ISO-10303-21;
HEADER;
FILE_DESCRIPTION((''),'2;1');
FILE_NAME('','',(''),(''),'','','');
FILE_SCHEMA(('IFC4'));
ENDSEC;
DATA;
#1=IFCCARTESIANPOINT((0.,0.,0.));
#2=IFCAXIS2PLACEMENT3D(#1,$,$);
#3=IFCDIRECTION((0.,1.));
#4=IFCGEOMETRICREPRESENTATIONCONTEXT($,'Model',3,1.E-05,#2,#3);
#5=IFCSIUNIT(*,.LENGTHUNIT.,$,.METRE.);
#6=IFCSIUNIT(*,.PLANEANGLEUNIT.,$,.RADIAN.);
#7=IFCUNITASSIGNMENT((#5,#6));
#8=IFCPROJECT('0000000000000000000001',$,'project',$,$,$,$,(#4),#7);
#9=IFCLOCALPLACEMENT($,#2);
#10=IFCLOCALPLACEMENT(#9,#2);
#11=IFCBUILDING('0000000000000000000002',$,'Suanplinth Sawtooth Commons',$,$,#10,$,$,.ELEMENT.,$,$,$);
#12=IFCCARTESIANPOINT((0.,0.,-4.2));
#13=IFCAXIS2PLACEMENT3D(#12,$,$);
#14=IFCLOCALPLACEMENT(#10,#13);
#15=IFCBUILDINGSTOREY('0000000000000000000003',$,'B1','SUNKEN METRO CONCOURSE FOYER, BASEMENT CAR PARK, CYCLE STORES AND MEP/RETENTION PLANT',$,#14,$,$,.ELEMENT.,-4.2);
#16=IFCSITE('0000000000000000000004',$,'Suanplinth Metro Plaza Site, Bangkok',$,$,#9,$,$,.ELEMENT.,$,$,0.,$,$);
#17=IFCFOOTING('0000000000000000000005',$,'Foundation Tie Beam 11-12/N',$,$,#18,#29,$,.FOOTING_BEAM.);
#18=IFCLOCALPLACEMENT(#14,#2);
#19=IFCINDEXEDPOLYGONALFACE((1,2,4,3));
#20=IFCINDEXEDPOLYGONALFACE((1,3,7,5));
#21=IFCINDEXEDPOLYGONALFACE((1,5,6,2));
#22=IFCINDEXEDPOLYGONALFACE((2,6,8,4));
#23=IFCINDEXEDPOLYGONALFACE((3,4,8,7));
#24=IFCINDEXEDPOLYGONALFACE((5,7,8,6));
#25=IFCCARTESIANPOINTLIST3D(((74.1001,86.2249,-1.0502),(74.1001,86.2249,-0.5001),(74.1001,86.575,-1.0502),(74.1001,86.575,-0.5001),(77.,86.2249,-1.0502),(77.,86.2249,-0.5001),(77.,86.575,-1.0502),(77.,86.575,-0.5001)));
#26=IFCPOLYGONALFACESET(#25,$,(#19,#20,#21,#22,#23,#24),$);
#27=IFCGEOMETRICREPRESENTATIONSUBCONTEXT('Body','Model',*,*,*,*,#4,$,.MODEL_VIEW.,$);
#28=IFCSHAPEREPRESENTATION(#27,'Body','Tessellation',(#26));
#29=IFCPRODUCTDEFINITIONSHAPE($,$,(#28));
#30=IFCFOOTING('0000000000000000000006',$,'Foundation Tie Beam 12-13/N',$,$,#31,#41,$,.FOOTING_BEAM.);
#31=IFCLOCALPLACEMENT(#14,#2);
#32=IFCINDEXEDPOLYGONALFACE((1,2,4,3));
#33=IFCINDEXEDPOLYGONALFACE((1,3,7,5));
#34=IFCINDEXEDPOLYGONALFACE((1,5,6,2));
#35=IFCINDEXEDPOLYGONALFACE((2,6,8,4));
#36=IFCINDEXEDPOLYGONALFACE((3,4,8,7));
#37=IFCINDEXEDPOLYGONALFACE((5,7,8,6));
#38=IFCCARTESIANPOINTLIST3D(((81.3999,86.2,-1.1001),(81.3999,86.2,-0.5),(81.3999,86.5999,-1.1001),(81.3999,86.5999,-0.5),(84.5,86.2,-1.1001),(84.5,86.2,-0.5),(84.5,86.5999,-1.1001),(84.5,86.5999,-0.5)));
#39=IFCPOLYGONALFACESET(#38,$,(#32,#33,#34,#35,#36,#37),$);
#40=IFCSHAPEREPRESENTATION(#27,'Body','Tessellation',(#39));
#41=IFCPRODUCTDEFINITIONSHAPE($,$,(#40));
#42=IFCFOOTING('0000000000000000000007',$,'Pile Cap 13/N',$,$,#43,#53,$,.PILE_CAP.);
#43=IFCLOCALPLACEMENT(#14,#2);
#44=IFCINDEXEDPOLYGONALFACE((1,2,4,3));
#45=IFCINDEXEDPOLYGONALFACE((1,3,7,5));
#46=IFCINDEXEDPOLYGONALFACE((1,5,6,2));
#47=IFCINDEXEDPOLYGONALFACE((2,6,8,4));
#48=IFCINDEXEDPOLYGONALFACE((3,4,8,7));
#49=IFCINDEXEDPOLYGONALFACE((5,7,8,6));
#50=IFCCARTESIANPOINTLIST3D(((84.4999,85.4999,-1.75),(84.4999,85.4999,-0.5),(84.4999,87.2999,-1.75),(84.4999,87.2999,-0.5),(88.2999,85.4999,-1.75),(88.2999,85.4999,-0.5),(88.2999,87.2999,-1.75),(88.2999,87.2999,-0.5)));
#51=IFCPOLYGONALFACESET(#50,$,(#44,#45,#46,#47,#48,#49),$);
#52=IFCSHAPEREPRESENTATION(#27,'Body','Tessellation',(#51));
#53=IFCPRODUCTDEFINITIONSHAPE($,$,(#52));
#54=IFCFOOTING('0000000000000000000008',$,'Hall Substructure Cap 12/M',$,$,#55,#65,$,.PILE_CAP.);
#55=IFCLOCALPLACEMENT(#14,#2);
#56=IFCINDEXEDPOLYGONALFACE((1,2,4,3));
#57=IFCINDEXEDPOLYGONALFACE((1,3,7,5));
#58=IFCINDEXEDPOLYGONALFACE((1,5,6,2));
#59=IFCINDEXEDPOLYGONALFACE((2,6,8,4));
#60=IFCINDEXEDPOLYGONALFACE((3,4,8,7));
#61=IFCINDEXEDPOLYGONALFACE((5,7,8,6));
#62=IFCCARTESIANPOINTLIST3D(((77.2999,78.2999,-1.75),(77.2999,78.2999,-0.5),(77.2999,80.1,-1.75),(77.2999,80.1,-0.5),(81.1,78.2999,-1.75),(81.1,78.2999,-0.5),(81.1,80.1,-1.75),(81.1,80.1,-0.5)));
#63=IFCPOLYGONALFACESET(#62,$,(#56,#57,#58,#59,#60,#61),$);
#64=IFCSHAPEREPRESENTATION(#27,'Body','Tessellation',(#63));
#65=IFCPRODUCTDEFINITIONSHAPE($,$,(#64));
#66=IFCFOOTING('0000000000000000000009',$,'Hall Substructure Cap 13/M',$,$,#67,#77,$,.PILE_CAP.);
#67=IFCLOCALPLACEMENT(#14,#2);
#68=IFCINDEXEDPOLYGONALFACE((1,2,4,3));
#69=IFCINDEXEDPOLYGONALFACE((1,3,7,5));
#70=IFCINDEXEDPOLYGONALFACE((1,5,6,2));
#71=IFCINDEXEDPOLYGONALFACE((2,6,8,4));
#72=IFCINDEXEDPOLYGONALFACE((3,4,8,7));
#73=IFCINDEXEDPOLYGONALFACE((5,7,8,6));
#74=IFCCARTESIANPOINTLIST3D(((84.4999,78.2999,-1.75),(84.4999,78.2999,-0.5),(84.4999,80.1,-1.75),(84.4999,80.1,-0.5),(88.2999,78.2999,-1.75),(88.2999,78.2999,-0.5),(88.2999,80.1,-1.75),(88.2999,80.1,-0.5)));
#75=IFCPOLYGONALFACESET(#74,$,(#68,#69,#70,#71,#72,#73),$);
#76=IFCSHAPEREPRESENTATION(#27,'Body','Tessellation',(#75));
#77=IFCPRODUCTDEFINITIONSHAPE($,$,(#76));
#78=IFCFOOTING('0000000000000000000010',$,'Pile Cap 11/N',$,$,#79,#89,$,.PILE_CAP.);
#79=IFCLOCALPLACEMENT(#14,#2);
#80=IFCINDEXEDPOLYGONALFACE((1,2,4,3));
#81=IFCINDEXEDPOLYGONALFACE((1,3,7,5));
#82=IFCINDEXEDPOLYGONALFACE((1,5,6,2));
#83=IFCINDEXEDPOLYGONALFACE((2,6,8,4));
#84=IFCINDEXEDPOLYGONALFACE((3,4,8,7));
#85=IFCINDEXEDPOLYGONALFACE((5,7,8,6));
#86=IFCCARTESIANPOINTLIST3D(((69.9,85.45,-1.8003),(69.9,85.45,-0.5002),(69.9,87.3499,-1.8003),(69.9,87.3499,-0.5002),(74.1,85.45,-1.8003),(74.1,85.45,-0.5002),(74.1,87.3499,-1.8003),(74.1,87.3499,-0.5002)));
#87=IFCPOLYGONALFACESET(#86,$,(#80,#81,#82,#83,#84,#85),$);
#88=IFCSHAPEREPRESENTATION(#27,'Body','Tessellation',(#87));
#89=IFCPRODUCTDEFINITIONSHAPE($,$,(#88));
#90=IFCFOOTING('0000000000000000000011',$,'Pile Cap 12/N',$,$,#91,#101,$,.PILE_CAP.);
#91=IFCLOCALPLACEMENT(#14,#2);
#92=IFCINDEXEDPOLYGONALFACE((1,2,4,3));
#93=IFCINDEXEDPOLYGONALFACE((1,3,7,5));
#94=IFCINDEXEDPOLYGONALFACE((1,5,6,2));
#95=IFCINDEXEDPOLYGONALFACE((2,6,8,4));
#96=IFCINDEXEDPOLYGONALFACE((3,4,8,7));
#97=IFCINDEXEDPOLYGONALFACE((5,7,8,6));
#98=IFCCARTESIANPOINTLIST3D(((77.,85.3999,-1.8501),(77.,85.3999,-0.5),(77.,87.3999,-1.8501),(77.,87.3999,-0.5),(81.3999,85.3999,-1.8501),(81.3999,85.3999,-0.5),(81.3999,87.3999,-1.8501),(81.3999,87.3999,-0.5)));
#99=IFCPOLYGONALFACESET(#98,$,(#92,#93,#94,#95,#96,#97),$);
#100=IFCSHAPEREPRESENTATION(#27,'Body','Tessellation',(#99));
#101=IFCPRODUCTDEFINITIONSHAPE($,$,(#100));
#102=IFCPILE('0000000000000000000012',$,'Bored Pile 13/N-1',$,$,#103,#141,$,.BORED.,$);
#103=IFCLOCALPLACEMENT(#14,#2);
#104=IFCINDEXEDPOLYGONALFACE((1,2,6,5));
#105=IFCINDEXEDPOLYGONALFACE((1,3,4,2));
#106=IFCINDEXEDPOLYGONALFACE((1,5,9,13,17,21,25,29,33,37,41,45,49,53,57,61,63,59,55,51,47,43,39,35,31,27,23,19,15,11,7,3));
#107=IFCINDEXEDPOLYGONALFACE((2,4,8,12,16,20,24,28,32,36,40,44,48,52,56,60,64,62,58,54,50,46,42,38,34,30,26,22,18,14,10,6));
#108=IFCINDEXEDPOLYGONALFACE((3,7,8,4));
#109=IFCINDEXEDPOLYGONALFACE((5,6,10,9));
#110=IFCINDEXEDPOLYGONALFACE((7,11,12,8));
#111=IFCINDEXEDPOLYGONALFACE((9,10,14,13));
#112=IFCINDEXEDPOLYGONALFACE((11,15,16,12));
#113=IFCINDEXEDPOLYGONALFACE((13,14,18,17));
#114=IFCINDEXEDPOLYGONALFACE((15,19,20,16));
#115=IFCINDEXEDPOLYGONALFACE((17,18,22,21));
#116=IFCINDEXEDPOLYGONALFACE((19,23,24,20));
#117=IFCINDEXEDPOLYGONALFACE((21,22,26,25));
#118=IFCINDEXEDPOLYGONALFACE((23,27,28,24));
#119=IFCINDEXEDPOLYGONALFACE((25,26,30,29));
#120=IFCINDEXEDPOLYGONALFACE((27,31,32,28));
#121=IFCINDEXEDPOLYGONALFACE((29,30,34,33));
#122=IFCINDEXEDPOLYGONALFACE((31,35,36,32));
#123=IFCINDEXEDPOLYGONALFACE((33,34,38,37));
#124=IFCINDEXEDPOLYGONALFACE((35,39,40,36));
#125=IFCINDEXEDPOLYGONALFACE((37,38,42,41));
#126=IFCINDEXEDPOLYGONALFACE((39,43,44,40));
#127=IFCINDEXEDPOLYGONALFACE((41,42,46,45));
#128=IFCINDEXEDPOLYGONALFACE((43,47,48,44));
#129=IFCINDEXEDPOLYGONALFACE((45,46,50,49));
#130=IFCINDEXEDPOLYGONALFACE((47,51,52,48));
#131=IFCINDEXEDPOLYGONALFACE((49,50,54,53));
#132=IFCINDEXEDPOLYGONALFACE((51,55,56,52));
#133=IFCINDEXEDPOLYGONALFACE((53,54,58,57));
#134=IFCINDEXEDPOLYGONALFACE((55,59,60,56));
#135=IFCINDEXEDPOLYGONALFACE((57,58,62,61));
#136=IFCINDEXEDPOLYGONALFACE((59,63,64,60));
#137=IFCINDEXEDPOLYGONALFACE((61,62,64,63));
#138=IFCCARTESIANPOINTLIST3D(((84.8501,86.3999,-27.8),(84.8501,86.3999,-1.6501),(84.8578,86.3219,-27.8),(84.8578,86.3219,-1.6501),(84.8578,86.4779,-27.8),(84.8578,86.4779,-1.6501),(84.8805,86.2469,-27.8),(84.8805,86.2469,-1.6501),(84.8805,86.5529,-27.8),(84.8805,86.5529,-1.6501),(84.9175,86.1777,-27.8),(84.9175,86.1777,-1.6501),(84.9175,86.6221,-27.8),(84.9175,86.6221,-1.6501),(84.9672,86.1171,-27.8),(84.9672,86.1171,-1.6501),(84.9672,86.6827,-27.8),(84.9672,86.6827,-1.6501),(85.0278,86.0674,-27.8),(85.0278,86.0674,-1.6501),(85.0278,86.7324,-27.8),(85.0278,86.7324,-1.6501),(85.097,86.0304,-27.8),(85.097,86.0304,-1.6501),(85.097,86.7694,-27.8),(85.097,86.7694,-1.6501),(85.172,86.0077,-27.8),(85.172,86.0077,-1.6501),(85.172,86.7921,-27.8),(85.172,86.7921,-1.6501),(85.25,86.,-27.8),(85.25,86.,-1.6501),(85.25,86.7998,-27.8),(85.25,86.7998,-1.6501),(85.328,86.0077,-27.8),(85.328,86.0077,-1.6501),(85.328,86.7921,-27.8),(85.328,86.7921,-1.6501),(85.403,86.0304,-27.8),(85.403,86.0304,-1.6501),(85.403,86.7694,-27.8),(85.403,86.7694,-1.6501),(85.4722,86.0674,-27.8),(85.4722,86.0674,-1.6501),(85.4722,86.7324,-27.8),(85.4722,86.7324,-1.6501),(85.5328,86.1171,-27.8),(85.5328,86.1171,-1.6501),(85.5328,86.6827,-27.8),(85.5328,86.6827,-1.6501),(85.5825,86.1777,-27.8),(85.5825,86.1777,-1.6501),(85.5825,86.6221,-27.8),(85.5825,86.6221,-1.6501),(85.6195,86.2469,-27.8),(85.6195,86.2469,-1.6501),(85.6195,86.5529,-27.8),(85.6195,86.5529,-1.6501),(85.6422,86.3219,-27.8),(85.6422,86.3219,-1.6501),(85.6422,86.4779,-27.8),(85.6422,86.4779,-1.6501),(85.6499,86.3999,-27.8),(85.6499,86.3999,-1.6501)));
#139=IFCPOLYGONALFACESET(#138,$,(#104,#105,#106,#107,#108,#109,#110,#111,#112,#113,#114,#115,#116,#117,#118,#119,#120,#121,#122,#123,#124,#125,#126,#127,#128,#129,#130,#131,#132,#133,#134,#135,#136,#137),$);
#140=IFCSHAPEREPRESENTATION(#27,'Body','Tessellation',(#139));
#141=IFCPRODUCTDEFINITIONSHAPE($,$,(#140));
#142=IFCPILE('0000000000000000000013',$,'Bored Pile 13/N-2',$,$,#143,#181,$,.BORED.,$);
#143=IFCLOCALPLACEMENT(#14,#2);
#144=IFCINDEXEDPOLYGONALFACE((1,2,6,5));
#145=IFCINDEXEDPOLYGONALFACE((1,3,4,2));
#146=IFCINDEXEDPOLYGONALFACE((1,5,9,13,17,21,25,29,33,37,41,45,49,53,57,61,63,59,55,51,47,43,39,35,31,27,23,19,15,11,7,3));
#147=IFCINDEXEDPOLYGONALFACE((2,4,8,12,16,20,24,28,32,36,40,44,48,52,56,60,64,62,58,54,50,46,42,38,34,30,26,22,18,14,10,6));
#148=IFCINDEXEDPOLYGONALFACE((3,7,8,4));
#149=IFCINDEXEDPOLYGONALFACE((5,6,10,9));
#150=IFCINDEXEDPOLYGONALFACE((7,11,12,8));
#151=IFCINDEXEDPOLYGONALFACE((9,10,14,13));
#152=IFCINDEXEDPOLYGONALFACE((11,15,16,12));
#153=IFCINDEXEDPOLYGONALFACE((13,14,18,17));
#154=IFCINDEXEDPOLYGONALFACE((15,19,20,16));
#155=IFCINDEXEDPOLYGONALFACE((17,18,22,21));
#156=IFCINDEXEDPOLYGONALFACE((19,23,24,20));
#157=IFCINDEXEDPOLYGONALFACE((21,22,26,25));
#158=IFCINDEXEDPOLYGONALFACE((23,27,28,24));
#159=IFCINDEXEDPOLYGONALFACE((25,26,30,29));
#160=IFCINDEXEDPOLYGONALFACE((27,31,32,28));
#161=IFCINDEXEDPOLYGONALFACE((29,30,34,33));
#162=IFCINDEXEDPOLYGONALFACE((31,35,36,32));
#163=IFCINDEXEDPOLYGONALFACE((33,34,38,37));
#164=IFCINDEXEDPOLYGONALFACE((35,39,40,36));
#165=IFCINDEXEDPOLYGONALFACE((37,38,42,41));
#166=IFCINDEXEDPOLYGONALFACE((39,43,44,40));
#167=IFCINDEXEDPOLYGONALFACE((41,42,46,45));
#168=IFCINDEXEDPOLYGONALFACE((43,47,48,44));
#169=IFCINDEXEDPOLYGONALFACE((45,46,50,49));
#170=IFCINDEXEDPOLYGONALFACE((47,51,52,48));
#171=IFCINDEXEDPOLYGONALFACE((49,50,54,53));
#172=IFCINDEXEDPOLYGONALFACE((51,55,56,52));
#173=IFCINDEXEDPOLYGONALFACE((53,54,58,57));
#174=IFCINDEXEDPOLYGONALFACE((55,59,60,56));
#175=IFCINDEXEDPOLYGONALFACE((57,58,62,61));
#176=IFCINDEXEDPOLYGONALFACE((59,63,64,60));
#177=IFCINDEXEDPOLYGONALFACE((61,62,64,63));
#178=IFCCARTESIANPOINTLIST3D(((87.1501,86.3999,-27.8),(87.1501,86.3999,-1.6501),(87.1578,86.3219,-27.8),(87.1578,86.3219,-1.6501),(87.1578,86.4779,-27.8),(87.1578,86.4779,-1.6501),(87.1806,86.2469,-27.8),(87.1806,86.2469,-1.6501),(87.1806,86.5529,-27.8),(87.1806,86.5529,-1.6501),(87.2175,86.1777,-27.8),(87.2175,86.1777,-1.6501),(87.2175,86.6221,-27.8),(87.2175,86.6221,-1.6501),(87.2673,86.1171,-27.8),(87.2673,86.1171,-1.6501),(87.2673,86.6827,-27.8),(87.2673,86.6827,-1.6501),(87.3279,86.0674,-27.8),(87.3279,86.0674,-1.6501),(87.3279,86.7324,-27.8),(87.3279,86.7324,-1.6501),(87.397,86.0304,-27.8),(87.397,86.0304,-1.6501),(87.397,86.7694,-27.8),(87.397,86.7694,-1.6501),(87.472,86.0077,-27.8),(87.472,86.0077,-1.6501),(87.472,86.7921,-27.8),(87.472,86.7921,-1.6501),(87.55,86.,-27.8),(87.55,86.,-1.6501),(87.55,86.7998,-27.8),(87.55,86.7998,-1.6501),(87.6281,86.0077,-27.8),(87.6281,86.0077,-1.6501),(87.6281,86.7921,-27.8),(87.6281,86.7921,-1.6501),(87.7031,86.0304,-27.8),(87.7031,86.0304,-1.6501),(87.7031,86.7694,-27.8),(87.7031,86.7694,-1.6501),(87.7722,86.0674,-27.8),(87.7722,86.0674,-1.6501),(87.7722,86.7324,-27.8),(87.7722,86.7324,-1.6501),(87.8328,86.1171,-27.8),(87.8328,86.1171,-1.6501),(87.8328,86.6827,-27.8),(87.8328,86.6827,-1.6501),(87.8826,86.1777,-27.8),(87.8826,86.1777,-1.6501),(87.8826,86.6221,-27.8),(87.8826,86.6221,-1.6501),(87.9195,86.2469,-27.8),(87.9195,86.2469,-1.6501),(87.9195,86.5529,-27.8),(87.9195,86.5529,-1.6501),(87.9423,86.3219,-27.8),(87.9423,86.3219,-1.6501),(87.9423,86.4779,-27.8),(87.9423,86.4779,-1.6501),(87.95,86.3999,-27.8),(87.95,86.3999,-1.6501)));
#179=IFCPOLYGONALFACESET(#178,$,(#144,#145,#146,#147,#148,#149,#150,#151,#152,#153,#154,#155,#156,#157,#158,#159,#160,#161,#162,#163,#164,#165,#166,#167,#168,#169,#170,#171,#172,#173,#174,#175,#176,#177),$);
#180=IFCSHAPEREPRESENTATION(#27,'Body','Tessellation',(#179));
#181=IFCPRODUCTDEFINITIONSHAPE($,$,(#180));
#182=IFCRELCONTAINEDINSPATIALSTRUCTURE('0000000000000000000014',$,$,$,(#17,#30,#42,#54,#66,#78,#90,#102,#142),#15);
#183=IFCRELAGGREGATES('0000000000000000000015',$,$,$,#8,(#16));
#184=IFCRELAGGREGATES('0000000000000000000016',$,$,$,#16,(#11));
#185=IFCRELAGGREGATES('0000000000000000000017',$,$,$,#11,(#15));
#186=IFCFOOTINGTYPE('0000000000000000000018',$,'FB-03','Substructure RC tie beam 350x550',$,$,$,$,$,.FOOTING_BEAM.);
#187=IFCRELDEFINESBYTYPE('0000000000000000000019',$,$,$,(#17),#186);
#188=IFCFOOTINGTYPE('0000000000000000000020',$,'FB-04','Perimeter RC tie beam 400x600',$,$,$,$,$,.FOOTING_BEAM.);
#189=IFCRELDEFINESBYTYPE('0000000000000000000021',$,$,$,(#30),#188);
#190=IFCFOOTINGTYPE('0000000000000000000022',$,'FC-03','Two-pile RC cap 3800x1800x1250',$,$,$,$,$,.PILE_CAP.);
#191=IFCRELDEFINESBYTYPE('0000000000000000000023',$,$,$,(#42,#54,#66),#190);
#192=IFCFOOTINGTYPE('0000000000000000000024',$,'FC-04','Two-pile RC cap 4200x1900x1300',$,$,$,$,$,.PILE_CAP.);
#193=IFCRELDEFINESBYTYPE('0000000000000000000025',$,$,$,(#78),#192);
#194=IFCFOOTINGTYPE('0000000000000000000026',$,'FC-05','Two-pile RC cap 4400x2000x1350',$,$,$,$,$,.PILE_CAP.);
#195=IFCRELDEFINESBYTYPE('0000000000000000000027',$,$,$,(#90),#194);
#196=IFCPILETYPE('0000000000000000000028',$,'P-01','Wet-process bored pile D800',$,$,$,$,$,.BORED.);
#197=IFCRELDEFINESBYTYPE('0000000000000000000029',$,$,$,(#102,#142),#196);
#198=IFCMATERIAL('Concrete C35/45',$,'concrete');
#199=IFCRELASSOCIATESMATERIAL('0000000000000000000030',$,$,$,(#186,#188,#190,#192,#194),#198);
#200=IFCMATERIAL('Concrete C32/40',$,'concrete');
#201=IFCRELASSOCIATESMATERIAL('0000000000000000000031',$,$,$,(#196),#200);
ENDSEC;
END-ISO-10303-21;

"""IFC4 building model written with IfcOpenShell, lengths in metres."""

from ifc_helpers import new_model, si_unit, direction, frame, origin, origin_2d, place, context, subcontext, project, spatial, rectangle, circle, extrude, material, material_profile, profile_set, type_object, element, save


model = new_model("IFC4")

# Units and contexts
model_context = context("Model", 3, precision=1e-05, world=origin(), true_north=direction((0.0, 1.0)))
body_context = subcontext(model_context, "Body", "Model", "MODEL_VIEW")
ifc_project = project(units=[si_unit("LENGTHUNIT", "METRE"), si_unit("PLANEANGLEUNIT", "RADIAN")], contexts=[model_context])

# Site, building, storey
site_placement = place(None, origin())
site = spatial("IfcSite", under=ifc_project, at=site_placement, Name="Suanplinth Metro Plaza Site, Bangkok", CompositionType="ELEMENT", RefElevation=0.0)
building_placement = place(site_placement, origin())
building = spatial("IfcBuilding", under=site, at=building_placement, Name="Suanplinth Sawtooth Commons", CompositionType="ELEMENT")
storey_placement = place(building_placement, frame((0.0, 0.0, -4.2)))
storey = spatial("IfcBuildingStorey", under=building, at=storey_placement, Name="B1", Description="SUNKEN METRO CONCOURSE FOYER, BASEMENT CAR PARK, CYCLE STORES AND MEP/RETENTION PLANT", CompositionType="ELEMENT", Elevation=-4.2)

# Footings
ifc_material_1 = material(Name="Concrete C35/45", Category="concrete")
ifc_material_profile_1 = material_profile(ifc_material_1, rectangle(XDim=0.3501, YDim=0.55, at=origin_2d()), Name="PC-BM 350x550")
ifc_profile_set_1 = profile_set([ifc_material_profile_1], Name="Concrete C35/45")
footing_type_1 = type_object("IfcFootingType", Name="FB-03", Description="Substructure RC tie beam 350x550", PredefinedType="FOOTING_BEAM", material=ifc_profile_set_1)
footing_1_placement = place(storey_placement, frame((74.1001, 86.3999, -0.7751), z_axis=(1.0, 0.0, 0.0), x_axis=(0.0, 1.0, 0.0)))
element("IfcFooting", 1, at=footing_1_placement, inside=storey, type_object=footing_type_1, Name="Foundation Tie Beam 11-12/N", PredefinedType="FOOTING_BEAM", context=body_context, shape_type="SweptSolid", body=[
    extrude(rectangle(XDim=0.3501, YDim=0.55, at=origin_2d()), origin(), (0.0, 0.0, 1.0), 2.8999),
])
ifc_material_profile_2 = material_profile(ifc_material_1, rectangle(XDim=0.3999, YDim=0.6001, at=origin_2d()), Name="PC-GDR 400x600")
ifc_profile_set_2 = profile_set([ifc_material_profile_2], Name="Concrete C35/45")
footing_type_2 = type_object("IfcFootingType", Name="FB-04", Description="Perimeter RC tie beam 400x600", PredefinedType="FOOTING_BEAM", material=ifc_profile_set_2)
footing_2_placement = place(storey_placement, frame((81.3999, 86.3999, -0.8), z_axis=(1.0, 0.0, 0.0), x_axis=(0.0, 1.0, 0.0)))
element("IfcFooting", 2, at=footing_2_placement, inside=storey, type_object=footing_type_2, Name="Foundation Tie Beam 12-13/N", PredefinedType="FOOTING_BEAM", context=body_context, shape_type="SweptSolid", body=[
    extrude(rectangle(XDim=0.3999, YDim=0.6001, at=origin_2d()), origin(), (0.0, 0.0, 1.0), 3.1001),
])
footing_type_3 = type_object("IfcFootingType", Name="FC-03", Description="Two-pile RC cap 3800x1800x1250", PredefinedType="PILE_CAP", material=ifc_material_1)
for number, where, z_axis, x_axis, name in (
    (3, (86.3999, 86.3999, -1.75), (0.0, 0.0, 1.0), (1.0, 0.0, 0.0), "Pile Cap 13/N"),
    (4, (79.2, 79.2, -1.75), (0.0, 0.0, 1.0), (1.0, 0.0, 0.0), "Hall Substructure Cap 12/M"),
    (5, (86.3999, 79.2, -1.75), (0.0, 0.0, 1.0), (1.0, 0.0, 0.0), "Hall Substructure Cap 13/M"),
):
    element("IfcFooting", number, at=place(storey_placement, frame(where, z_axis=z_axis, x_axis=x_axis)), inside=storey, type_object=footing_type_3, Name=name, PredefinedType="PILE_CAP", context=body_context, shape_type="SweptSolid", body=[
        extrude(rectangle(XDim=3.8, YDim=1.8, at=origin_2d()), origin(), (0.0, 0.0, 1.0), 1.25),
    ])
footing_type_4 = type_object("IfcFootingType", Name="FC-04", Description="Two-pile RC cap 4200x1900x1300", PredefinedType="PILE_CAP", material=ifc_material_1)
footing_3_placement = place(storey_placement, frame((72.0, 86.3999, -1.8003), z_axis=(0.0, 0.0, 1.0), x_axis=(1.0, 0.0, 0.0)))
element("IfcFooting", 6, at=footing_3_placement, inside=storey, type_object=footing_type_4, Name="Pile Cap 11/N", PredefinedType="PILE_CAP", context=body_context, shape_type="SweptSolid", body=[
    extrude(rectangle(XDim=4.2, YDim=1.8999, at=origin_2d()), origin(), (0.0, 0.0, 1.0), 1.3),
])
footing_type_5 = type_object("IfcFootingType", Name="FC-05", Description="Two-pile RC cap 4400x2000x1350", PredefinedType="PILE_CAP", material=ifc_material_1)
footing_4_placement = place(storey_placement, frame((79.2, 86.3999, -1.8501), z_axis=(0.0, 0.0, 1.0), x_axis=(1.0, 0.0, 0.0)))
element("IfcFooting", 7, at=footing_4_placement, inside=storey, type_object=footing_type_5, Name="Pile Cap 12/N", PredefinedType="PILE_CAP", context=body_context, shape_type="SweptSolid", body=[
    extrude(rectangle(XDim=4.3999, YDim=2.0, at=origin_2d()), origin(), (0.0, 0.0, 1.0), 1.3501),
])

# Piles
ifc_material_2 = material(Name="Concrete C32/40", Category="concrete")
ifc_material_profile_3 = material_profile(ifc_material_2, circle(Radius=0.3999, at=origin_2d()), Name="PILE D800")
ifc_profile_set_3 = profile_set([ifc_material_profile_3], Name="Concrete C32/40")
pile_type_1 = type_object("IfcPileType", Name="P-01", Description="Wet-process bored pile D800", PredefinedType="BORED", material=ifc_profile_set_3)
for number, where, z_axis, x_axis, name in (
    (8, (85.25, 86.3999, -1.6501), (0.0, 0.0, -1.0), (1.0, 0.0, 0.0), "Bored Pile 13/N-1"),
    (9, (87.55, 86.3999, -1.6501), (0.0, 0.0, -1.0), (1.0, 0.0, 0.0), "Bored Pile 13/N-2"),
):
    element("IfcPile", number, at=place(storey_placement, frame(where, z_axis=z_axis, x_axis=x_axis)), inside=storey, type_object=pile_type_1, Name=name, PredefinedType="BORED", context=body_context, shape_type="SweptSolid", body=[
        extrude(circle(Radius=0.3999, at=origin_2d()), origin(), (0.0, 0.0, 1.0), 26.1499),
    ])

save(model, "model.ifc")
